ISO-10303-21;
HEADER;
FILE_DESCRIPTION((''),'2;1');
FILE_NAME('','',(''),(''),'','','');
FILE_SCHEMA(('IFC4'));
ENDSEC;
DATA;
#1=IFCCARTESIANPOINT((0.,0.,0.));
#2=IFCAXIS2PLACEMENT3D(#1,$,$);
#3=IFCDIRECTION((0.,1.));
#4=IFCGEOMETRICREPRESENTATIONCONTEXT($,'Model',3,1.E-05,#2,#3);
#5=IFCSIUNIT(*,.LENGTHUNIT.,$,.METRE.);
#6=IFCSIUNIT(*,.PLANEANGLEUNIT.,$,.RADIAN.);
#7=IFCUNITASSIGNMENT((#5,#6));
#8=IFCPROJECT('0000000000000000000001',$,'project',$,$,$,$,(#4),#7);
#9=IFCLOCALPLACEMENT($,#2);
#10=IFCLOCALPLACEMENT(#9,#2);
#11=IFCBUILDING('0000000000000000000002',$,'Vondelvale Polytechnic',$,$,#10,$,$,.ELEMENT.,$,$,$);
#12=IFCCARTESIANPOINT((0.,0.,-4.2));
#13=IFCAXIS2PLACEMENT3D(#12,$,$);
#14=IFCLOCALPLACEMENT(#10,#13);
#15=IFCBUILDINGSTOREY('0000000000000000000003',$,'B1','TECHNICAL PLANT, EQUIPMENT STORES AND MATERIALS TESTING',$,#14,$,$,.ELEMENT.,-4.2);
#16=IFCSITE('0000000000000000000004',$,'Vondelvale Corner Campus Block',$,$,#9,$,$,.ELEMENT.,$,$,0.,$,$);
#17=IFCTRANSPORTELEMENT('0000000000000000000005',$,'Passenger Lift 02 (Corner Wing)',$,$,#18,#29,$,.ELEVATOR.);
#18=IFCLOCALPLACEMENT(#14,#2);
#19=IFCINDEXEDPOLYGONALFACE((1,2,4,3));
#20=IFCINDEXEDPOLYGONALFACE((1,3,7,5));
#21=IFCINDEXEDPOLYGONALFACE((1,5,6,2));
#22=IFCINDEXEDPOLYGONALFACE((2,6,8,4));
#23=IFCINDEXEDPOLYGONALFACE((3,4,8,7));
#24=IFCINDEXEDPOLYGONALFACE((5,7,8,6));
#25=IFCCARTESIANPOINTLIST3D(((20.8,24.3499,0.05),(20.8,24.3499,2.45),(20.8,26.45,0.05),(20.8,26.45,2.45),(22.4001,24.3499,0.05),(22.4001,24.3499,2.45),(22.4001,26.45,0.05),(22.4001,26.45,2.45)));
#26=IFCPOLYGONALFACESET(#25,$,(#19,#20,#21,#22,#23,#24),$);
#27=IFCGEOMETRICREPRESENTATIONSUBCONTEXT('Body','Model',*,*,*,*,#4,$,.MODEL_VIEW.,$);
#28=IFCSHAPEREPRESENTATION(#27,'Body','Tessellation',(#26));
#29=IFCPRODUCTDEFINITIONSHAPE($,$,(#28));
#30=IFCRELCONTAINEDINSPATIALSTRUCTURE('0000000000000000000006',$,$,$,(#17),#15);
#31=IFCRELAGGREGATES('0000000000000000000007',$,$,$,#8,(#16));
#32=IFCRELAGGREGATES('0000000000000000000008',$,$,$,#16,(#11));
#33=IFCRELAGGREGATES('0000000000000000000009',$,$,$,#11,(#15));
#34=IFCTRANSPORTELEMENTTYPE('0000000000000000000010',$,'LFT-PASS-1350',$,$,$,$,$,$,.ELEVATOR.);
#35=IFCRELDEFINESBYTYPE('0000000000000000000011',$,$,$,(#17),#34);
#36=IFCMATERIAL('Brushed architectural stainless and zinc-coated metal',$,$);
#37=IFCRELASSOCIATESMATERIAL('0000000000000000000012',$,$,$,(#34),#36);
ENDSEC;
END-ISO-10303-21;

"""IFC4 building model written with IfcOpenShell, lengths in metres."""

from ifc_helpers import new_model, si_unit, direction, frame, origin, origin_2d, place, context, subcontext, project, spatial, rectangle, extrude, material, type_object, element, save


model = new_model("IFC4")

# Units and contexts
model_context = context("Model", 3, precision=1e-05, world=origin(), true_north=direction((0.0, 1.0)))
body_context = subcontext(model_context, "Body", "Model", "MODEL_VIEW")
ifc_project = project(units=[si_unit("LENGTHUNIT", "METRE"), si_unit("PLANEANGLEUNIT", "RADIAN")], contexts=[model_context])

# Site, building, storey
site_placement = place(None, origin())
site = spatial("IfcSite", under=ifc_project, at=site_placement, Name="Vondelvale Corner Campus Block", CompositionType="ELEMENT", RefElevation=0.0)
building_placement = place(site_placement, origin())
building = spatial("IfcBuilding", under=site, at=building_placement, Name="Vondelvale Polytechnic", CompositionType="ELEMENT")
storey_placement = place(building_placement, frame((0.0, 0.0, -4.2)))
storey = spatial("IfcBuildingStorey", under=building, at=storey_placement, Name="B1", Description="TECHNICAL PLANT, EQUIPMENT STORES AND MATERIALS TESTING", CompositionType="ELEMENT", Elevation=-4.2)

# Shared definitions
ifc_material_1 = material(Name="Brushed architectural stainless and zinc-coated metal")

# Transport element
transport_element_type = type_object("IfcTransportElementType", Name="LFT-PASS-1350", PredefinedType="ELEVATOR", material=ifc_material_1)
for number, where, z_axis, x_axis, name in (
    (1, (21.6001, 25.3999, 0.05), (0.0, 0.0, 1.0), (1.0, 0.0, 0.0), "Passenger Lift 02 (Corner Wing)"),
):
    element("IfcTransportElement", number, at=place(storey_placement, frame(where, z_axis=z_axis, x_axis=x_axis)), inside=storey, type_object=transport_element_type, Name=name, PredefinedType="ELEVATOR", context=body_context, shape_type="SweptSolid", body=[
        extrude(rectangle(XDim=1.6001, YDim=2.1001, at=origin_2d()), origin(), (0.0, 0.0, 1.0), 2.3999),
    ])

save(model, "model.ifc")
